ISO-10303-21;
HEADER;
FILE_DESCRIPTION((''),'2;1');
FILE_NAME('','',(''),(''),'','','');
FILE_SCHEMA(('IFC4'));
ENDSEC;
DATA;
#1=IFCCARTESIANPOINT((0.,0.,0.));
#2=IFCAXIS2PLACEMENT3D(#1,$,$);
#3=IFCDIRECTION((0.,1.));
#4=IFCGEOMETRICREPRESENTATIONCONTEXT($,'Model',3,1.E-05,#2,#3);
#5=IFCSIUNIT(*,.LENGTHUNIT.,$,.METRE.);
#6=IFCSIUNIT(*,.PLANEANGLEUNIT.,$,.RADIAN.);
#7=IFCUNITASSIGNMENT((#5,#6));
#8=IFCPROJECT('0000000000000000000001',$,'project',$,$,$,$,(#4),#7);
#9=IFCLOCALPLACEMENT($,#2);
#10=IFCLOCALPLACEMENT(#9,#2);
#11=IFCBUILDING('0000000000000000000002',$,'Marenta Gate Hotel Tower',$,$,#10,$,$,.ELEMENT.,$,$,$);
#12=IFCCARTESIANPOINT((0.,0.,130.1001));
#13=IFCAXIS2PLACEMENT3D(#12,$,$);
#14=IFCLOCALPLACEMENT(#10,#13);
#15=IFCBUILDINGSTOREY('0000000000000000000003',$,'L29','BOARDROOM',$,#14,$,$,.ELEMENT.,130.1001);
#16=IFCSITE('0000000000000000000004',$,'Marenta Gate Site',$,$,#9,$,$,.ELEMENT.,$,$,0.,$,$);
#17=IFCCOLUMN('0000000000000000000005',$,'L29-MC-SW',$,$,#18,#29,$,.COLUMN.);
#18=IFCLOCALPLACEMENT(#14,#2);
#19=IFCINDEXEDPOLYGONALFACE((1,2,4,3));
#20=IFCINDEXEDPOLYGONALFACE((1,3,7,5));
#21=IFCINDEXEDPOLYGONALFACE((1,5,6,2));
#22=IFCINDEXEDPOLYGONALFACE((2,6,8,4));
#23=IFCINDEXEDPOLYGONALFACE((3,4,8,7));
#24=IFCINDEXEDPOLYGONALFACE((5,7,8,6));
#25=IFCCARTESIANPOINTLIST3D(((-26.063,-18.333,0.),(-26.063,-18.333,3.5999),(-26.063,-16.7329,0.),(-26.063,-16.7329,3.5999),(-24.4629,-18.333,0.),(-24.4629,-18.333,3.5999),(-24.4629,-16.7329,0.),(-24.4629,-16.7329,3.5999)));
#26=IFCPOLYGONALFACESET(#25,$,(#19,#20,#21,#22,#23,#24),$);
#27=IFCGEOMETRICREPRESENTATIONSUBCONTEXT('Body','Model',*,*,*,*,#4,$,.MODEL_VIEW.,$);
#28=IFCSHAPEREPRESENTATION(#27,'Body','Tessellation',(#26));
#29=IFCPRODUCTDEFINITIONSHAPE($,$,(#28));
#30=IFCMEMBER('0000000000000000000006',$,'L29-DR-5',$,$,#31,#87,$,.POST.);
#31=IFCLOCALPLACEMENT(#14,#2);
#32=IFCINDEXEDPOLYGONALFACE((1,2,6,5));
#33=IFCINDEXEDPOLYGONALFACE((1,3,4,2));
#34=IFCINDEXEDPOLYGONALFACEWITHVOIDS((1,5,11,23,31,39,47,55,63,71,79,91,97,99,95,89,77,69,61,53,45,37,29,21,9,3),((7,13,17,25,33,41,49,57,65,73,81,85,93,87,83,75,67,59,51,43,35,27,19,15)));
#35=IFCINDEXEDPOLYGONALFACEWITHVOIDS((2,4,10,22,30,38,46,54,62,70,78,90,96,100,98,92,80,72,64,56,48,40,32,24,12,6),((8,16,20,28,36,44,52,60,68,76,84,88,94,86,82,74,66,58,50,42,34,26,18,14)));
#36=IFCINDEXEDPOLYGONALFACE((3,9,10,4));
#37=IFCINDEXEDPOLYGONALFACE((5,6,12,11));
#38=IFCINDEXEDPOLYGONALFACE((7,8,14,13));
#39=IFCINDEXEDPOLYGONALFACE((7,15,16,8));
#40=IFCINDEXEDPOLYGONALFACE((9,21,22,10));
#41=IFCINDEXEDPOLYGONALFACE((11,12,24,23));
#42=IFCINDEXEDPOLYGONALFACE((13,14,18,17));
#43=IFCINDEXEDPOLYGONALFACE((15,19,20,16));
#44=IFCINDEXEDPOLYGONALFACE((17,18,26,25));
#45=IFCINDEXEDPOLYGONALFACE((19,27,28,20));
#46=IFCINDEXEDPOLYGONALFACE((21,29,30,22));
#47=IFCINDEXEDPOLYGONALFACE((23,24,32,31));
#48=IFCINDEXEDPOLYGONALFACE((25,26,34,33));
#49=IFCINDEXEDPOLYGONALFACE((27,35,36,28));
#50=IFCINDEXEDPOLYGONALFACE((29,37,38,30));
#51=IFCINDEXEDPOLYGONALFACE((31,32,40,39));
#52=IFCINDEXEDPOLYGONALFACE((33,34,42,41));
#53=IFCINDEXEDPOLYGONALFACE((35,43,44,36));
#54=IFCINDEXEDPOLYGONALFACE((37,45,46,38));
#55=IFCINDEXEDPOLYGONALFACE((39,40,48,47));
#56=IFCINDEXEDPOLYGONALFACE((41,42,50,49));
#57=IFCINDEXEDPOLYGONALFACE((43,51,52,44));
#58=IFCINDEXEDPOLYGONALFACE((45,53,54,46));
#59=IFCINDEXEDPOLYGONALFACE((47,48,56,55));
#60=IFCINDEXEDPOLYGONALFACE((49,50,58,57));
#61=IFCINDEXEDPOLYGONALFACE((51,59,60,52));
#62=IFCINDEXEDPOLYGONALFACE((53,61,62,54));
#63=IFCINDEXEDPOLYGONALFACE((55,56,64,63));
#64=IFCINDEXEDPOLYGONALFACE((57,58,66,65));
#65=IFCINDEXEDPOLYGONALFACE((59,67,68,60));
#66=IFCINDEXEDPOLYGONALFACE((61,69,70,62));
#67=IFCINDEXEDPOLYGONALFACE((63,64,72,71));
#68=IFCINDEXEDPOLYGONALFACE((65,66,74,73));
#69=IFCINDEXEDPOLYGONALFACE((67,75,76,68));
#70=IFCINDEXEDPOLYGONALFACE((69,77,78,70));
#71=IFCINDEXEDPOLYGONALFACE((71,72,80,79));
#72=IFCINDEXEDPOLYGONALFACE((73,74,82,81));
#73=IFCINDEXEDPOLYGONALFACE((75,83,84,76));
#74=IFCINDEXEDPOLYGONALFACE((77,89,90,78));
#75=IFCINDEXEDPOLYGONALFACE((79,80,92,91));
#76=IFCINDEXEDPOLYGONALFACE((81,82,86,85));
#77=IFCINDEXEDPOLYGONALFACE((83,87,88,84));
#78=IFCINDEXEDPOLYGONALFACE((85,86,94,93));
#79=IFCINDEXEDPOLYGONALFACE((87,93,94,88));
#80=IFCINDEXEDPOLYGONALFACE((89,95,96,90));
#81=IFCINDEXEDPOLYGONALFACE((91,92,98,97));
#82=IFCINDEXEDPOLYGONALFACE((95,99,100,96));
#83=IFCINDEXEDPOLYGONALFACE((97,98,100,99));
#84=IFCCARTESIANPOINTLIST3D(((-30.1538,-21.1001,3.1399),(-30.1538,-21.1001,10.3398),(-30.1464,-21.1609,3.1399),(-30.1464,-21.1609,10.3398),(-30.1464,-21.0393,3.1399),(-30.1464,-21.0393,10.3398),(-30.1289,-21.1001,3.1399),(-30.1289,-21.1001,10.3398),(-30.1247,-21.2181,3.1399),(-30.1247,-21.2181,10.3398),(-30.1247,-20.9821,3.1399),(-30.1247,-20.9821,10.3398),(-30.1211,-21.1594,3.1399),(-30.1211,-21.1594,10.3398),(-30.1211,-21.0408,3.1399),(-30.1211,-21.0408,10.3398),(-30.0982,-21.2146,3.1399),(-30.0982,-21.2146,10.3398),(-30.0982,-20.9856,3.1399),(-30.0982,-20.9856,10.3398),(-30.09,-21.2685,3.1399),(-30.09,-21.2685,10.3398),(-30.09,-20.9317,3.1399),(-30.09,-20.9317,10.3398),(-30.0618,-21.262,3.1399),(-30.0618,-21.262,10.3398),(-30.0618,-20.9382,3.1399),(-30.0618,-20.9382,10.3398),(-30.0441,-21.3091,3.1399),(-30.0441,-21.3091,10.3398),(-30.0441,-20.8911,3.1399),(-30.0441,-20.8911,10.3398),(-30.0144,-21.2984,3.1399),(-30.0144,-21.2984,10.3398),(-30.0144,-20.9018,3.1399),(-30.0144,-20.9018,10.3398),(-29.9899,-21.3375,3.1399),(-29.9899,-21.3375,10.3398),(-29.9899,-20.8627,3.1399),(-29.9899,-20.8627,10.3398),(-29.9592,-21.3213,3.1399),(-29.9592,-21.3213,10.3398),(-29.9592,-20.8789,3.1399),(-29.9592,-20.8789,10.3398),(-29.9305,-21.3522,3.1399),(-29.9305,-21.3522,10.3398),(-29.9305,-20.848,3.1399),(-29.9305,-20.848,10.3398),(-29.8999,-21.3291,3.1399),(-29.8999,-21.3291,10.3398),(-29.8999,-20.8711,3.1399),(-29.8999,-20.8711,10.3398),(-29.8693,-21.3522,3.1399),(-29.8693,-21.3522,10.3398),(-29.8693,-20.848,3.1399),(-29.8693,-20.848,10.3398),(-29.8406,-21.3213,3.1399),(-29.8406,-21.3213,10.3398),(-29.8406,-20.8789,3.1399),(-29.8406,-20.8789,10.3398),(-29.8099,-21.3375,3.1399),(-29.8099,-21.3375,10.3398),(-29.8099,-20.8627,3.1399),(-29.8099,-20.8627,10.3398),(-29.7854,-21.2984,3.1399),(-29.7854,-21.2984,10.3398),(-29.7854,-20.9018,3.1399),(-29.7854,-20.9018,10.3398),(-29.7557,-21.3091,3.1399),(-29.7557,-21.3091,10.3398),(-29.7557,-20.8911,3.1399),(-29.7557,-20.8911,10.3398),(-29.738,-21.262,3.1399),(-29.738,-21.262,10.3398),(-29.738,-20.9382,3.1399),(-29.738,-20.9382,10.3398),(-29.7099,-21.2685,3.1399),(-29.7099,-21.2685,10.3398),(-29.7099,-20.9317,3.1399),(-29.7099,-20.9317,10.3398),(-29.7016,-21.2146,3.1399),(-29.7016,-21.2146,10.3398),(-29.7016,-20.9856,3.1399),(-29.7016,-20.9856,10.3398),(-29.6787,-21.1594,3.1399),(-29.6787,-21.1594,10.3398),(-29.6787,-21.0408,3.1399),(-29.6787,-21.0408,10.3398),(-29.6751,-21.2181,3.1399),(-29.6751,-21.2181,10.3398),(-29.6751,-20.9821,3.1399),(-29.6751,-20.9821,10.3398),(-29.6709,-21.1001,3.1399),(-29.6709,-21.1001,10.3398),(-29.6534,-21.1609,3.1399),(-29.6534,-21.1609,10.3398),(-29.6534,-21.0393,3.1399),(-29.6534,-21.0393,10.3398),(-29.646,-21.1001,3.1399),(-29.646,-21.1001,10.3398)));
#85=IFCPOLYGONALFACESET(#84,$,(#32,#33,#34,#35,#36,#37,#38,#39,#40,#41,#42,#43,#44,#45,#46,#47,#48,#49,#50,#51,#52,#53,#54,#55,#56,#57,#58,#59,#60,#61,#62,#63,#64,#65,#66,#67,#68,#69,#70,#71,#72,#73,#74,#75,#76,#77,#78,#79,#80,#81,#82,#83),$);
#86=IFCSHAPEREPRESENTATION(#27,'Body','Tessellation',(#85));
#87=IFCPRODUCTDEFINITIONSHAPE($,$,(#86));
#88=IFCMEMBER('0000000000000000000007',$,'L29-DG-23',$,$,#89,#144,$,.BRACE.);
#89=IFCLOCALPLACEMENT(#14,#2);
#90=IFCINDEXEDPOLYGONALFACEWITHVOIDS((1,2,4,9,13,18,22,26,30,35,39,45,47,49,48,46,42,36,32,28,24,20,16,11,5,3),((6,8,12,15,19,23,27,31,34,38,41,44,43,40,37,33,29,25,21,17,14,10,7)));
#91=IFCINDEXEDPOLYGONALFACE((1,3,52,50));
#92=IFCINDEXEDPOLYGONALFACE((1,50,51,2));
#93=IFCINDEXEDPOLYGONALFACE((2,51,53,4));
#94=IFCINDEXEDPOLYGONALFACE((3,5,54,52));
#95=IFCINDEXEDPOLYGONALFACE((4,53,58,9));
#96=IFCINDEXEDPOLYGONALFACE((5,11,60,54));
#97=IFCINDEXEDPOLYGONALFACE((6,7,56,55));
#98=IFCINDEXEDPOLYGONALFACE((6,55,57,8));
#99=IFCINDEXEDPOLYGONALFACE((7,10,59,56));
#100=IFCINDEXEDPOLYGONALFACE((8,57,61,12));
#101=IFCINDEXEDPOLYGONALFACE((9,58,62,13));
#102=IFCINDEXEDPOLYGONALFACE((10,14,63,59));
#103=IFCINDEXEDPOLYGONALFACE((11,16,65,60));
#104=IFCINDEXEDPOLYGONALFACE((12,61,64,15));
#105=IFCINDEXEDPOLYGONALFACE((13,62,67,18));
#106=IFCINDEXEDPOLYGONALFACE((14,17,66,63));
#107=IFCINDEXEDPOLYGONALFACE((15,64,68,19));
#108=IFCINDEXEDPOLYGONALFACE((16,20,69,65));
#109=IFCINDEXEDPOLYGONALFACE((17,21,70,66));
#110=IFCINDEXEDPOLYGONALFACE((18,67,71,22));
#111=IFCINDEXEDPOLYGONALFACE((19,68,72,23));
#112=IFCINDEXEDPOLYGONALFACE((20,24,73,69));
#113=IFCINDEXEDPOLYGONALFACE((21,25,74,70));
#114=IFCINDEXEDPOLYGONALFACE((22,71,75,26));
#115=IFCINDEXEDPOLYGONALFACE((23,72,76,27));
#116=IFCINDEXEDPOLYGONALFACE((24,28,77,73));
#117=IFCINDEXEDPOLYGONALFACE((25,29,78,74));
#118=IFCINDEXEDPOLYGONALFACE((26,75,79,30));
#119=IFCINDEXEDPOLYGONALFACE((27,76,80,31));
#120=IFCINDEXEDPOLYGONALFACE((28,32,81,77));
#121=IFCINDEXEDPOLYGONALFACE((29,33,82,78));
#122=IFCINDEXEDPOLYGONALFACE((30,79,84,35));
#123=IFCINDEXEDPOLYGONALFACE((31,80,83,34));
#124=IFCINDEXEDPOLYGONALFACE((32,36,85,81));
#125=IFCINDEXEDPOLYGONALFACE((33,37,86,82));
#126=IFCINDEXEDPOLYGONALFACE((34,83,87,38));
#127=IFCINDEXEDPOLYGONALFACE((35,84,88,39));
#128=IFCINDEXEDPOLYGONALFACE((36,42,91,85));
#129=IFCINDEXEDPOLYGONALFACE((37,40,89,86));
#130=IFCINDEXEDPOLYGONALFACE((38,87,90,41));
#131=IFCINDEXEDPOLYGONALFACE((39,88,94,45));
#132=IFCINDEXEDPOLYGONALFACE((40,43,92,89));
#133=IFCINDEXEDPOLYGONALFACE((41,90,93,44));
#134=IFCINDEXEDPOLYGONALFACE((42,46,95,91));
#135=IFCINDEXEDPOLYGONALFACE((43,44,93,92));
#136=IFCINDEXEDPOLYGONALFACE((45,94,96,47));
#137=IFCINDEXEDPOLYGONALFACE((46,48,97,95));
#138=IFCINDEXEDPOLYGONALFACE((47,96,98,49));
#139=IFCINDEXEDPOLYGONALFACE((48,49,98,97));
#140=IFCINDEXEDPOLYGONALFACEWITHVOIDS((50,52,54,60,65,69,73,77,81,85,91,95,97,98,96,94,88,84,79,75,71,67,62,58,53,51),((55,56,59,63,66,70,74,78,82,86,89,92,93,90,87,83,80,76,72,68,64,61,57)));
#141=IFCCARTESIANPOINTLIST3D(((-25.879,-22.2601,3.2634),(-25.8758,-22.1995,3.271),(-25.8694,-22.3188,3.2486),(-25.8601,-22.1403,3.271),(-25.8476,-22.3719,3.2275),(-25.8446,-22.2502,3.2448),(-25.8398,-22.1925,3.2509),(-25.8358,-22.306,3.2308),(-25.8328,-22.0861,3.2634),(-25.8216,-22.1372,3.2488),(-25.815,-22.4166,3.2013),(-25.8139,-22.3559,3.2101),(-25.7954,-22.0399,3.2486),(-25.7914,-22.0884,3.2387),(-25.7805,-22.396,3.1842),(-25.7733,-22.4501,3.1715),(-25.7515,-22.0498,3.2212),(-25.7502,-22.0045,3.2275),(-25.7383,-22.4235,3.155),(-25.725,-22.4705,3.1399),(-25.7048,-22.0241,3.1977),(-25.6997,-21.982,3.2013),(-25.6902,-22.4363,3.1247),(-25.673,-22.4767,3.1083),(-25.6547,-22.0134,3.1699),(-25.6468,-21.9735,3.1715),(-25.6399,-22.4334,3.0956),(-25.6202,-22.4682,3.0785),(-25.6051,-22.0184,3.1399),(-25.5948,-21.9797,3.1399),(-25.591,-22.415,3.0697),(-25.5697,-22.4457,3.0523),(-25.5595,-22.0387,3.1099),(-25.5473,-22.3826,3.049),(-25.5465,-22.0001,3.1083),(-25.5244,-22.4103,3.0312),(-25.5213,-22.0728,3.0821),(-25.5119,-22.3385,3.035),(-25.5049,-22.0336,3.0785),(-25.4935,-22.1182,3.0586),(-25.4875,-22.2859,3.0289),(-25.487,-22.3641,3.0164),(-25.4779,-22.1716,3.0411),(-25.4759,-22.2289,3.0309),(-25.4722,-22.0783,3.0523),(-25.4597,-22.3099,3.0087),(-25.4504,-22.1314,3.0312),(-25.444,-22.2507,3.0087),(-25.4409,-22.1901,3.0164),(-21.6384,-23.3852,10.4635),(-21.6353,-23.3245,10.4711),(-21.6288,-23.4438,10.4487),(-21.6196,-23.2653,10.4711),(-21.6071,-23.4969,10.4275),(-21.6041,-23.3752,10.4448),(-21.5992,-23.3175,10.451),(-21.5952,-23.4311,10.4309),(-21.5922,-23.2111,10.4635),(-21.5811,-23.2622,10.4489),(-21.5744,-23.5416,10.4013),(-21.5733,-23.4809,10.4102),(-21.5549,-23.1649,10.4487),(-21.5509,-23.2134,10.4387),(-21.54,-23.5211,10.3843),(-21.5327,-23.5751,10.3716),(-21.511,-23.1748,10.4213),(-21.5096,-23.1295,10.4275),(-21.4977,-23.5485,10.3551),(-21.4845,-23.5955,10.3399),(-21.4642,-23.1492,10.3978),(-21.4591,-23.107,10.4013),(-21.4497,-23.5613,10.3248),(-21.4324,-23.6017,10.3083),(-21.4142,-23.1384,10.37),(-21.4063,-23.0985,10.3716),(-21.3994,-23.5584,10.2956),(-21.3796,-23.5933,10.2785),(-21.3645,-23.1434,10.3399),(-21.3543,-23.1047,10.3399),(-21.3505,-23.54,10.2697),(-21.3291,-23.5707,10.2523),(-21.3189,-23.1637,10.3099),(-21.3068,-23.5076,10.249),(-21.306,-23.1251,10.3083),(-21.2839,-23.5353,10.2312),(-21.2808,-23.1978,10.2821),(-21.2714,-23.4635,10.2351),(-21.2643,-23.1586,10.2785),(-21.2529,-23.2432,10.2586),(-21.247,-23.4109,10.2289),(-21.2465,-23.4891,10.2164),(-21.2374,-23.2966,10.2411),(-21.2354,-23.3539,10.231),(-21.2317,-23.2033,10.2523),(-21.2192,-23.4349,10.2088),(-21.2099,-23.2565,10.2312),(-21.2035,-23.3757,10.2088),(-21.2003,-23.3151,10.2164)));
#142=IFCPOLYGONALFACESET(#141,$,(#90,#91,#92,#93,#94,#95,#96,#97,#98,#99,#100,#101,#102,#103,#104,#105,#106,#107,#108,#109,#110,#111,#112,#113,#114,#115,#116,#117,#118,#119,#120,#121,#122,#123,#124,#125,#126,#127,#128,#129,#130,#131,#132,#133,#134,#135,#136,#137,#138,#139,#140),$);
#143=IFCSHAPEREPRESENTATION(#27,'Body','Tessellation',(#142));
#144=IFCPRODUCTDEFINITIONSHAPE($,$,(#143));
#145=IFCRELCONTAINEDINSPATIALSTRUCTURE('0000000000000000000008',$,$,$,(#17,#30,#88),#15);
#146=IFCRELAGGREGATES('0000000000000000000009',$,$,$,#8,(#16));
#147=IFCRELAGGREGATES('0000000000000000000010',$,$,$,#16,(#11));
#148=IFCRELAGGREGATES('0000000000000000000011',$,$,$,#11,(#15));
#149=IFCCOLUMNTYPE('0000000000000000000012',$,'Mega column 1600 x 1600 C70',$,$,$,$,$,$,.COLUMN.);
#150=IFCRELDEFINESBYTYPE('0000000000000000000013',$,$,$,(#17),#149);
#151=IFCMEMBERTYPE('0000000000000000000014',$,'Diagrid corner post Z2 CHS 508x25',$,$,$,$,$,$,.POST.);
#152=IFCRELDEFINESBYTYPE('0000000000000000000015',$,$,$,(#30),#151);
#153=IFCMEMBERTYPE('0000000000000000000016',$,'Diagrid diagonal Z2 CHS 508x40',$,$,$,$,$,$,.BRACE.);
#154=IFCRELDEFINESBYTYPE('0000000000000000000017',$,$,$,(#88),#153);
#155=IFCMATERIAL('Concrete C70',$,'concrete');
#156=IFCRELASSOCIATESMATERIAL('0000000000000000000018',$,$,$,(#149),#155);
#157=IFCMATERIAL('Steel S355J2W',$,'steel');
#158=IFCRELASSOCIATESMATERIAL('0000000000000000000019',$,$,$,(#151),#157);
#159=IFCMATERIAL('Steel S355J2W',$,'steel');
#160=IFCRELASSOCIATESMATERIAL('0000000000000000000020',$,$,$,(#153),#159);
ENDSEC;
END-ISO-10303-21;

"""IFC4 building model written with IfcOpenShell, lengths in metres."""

from ifc_helpers import new_model, si_unit, direction, frame, origin, origin_2d, place, context, subcontext, project, spatial, rectangle, hollow_circle, extrude, material, material_profile, profile_set, type_object, element, save


model = new_model("IFC4")

# Units and contexts
model_context = context("Model", 3, precision=1e-05, world=origin(), true_north=direction((0.0, 1.0)))
body_context = subcontext(model_context, "Body", "Model", "MODEL_VIEW")
ifc_project = project(units=[si_unit("LENGTHUNIT", "METRE"), si_unit("PLANEANGLEUNIT", "RADIAN")], contexts=[model_context])

# Site, building, storey
site_placement = place(None, origin())
site = spatial("IfcSite", under=ifc_project, at=site_placement, Name="Marenta Gate Site", CompositionType="ELEMENT", RefElevation=0.0)
building_placement = place(site_placement, origin())
building = spatial("IfcBuilding", under=site, at=building_placement, Name="Marenta Gate Hotel Tower", CompositionType="ELEMENT")
storey_placement = place(building_placement, frame((0.0, 0.0, 130.1001)))
storey = spatial("IfcBuildingStorey", under=building, at=storey_placement, Name="L29", Description="BOARDROOM", CompositionType="ELEMENT", Elevation=130.1001)

# Column
ifc_material_1 = material(Name="Concrete C70", Category="concrete")
ifc_material_profile_1 = material_profile(ifc_material_1, rectangle(XDim=1.6001, YDim=1.6001, at=origin_2d()), Name="1600 x 1600")
ifc_profile_set_1 = profile_set([ifc_material_profile_1], Name="Concrete C70")
column_type = type_object("IfcColumnType", Name="Mega column 1600 x 1600 C70", PredefinedType="COLUMN", material=ifc_profile_set_1)
column_placement = place(storey_placement, frame((-25.2629, -17.533, 0.0), z_axis=(0.0, 0.0, 1.0), x_axis=(1.0, 0.0, 0.0)))
element("IfcColumn", 1, at=column_placement, inside=storey, type_object=column_type, Name="L29-MC-SW", PredefinedType="COLUMN", context=body_context, shape_type="SweptSolid", body=[
    extrude(rectangle(XDim=1.6001, YDim=1.6001, at=origin_2d()), origin(), (0.0, 0.0, 1.0), 3.5999),
])

# Members
ifc_material_2 = material(Name="Steel S355J2W", Category="steel")
ifc_material_profile_2 = material_profile(ifc_material_2, hollow_circle(Radius=0.2539, WallThickness=0.0249, at=origin_2d()), Name="CHS 508x25")
ifc_profile_set_2 = profile_set([ifc_material_profile_2], Name="Steel S355J2W")
member_type_1 = type_object("IfcMemberType", Name="Diagrid corner post Z2 CHS 508x25", PredefinedType="POST", material=ifc_profile_set_2)
member_1_placement = place(storey_placement, frame((-29.8999, -21.1001, 3.1399), z_axis=(0.0, 0.0, 1.0), x_axis=(1.0, 0.0, 0.0)))
element("IfcMember", 2, at=member_1_placement, inside=storey, type_object=member_type_1, Name="L29-DR-5", PredefinedType="POST", context=body_context, shape_type="SweptSolid", body=[
    extrude(hollow_circle(Radius=0.2539, WallThickness=0.0249, at=origin_2d()), origin(), (0.0, 0.0, 1.0), 7.2),
])
ifc_material_3 = material(Name="Steel S355J2W", Category="steel")
ifc_material_profile_3 = material_profile(ifc_material_3, hollow_circle(Radius=0.2539, WallThickness=0.04, at=origin_2d()), Name="CHS 508x40")
ifc_profile_set_3 = profile_set([ifc_material_profile_3], Name="Steel S355J2W")
member_type_2 = type_object("IfcMemberType", Name="Diagrid diagonal Z2 CHS 508x40", PredefinedType="BRACE", material=ifc_profile_set_3)
member_2_placement = place(storey_placement, frame((-25.6599, -22.2251, 3.1399), z_axis=(0.502946, -0.133432, 0.853956), x_axis=(0.256429, 0.966563, 0.0)))
element("IfcMember", 3, at=member_2_placement, inside=storey, type_object=member_type_2, Name="L29-DG-23", PredefinedType="BRACE", context=body_context, shape_type="SweptSolid", body=[
    extrude(hollow_circle(Radius=0.2539, WallThickness=0.04, at=origin_2d()), origin(), (0.0, 0.0, 1.0), 8.4314),
])

save(model, "model.ifc")
